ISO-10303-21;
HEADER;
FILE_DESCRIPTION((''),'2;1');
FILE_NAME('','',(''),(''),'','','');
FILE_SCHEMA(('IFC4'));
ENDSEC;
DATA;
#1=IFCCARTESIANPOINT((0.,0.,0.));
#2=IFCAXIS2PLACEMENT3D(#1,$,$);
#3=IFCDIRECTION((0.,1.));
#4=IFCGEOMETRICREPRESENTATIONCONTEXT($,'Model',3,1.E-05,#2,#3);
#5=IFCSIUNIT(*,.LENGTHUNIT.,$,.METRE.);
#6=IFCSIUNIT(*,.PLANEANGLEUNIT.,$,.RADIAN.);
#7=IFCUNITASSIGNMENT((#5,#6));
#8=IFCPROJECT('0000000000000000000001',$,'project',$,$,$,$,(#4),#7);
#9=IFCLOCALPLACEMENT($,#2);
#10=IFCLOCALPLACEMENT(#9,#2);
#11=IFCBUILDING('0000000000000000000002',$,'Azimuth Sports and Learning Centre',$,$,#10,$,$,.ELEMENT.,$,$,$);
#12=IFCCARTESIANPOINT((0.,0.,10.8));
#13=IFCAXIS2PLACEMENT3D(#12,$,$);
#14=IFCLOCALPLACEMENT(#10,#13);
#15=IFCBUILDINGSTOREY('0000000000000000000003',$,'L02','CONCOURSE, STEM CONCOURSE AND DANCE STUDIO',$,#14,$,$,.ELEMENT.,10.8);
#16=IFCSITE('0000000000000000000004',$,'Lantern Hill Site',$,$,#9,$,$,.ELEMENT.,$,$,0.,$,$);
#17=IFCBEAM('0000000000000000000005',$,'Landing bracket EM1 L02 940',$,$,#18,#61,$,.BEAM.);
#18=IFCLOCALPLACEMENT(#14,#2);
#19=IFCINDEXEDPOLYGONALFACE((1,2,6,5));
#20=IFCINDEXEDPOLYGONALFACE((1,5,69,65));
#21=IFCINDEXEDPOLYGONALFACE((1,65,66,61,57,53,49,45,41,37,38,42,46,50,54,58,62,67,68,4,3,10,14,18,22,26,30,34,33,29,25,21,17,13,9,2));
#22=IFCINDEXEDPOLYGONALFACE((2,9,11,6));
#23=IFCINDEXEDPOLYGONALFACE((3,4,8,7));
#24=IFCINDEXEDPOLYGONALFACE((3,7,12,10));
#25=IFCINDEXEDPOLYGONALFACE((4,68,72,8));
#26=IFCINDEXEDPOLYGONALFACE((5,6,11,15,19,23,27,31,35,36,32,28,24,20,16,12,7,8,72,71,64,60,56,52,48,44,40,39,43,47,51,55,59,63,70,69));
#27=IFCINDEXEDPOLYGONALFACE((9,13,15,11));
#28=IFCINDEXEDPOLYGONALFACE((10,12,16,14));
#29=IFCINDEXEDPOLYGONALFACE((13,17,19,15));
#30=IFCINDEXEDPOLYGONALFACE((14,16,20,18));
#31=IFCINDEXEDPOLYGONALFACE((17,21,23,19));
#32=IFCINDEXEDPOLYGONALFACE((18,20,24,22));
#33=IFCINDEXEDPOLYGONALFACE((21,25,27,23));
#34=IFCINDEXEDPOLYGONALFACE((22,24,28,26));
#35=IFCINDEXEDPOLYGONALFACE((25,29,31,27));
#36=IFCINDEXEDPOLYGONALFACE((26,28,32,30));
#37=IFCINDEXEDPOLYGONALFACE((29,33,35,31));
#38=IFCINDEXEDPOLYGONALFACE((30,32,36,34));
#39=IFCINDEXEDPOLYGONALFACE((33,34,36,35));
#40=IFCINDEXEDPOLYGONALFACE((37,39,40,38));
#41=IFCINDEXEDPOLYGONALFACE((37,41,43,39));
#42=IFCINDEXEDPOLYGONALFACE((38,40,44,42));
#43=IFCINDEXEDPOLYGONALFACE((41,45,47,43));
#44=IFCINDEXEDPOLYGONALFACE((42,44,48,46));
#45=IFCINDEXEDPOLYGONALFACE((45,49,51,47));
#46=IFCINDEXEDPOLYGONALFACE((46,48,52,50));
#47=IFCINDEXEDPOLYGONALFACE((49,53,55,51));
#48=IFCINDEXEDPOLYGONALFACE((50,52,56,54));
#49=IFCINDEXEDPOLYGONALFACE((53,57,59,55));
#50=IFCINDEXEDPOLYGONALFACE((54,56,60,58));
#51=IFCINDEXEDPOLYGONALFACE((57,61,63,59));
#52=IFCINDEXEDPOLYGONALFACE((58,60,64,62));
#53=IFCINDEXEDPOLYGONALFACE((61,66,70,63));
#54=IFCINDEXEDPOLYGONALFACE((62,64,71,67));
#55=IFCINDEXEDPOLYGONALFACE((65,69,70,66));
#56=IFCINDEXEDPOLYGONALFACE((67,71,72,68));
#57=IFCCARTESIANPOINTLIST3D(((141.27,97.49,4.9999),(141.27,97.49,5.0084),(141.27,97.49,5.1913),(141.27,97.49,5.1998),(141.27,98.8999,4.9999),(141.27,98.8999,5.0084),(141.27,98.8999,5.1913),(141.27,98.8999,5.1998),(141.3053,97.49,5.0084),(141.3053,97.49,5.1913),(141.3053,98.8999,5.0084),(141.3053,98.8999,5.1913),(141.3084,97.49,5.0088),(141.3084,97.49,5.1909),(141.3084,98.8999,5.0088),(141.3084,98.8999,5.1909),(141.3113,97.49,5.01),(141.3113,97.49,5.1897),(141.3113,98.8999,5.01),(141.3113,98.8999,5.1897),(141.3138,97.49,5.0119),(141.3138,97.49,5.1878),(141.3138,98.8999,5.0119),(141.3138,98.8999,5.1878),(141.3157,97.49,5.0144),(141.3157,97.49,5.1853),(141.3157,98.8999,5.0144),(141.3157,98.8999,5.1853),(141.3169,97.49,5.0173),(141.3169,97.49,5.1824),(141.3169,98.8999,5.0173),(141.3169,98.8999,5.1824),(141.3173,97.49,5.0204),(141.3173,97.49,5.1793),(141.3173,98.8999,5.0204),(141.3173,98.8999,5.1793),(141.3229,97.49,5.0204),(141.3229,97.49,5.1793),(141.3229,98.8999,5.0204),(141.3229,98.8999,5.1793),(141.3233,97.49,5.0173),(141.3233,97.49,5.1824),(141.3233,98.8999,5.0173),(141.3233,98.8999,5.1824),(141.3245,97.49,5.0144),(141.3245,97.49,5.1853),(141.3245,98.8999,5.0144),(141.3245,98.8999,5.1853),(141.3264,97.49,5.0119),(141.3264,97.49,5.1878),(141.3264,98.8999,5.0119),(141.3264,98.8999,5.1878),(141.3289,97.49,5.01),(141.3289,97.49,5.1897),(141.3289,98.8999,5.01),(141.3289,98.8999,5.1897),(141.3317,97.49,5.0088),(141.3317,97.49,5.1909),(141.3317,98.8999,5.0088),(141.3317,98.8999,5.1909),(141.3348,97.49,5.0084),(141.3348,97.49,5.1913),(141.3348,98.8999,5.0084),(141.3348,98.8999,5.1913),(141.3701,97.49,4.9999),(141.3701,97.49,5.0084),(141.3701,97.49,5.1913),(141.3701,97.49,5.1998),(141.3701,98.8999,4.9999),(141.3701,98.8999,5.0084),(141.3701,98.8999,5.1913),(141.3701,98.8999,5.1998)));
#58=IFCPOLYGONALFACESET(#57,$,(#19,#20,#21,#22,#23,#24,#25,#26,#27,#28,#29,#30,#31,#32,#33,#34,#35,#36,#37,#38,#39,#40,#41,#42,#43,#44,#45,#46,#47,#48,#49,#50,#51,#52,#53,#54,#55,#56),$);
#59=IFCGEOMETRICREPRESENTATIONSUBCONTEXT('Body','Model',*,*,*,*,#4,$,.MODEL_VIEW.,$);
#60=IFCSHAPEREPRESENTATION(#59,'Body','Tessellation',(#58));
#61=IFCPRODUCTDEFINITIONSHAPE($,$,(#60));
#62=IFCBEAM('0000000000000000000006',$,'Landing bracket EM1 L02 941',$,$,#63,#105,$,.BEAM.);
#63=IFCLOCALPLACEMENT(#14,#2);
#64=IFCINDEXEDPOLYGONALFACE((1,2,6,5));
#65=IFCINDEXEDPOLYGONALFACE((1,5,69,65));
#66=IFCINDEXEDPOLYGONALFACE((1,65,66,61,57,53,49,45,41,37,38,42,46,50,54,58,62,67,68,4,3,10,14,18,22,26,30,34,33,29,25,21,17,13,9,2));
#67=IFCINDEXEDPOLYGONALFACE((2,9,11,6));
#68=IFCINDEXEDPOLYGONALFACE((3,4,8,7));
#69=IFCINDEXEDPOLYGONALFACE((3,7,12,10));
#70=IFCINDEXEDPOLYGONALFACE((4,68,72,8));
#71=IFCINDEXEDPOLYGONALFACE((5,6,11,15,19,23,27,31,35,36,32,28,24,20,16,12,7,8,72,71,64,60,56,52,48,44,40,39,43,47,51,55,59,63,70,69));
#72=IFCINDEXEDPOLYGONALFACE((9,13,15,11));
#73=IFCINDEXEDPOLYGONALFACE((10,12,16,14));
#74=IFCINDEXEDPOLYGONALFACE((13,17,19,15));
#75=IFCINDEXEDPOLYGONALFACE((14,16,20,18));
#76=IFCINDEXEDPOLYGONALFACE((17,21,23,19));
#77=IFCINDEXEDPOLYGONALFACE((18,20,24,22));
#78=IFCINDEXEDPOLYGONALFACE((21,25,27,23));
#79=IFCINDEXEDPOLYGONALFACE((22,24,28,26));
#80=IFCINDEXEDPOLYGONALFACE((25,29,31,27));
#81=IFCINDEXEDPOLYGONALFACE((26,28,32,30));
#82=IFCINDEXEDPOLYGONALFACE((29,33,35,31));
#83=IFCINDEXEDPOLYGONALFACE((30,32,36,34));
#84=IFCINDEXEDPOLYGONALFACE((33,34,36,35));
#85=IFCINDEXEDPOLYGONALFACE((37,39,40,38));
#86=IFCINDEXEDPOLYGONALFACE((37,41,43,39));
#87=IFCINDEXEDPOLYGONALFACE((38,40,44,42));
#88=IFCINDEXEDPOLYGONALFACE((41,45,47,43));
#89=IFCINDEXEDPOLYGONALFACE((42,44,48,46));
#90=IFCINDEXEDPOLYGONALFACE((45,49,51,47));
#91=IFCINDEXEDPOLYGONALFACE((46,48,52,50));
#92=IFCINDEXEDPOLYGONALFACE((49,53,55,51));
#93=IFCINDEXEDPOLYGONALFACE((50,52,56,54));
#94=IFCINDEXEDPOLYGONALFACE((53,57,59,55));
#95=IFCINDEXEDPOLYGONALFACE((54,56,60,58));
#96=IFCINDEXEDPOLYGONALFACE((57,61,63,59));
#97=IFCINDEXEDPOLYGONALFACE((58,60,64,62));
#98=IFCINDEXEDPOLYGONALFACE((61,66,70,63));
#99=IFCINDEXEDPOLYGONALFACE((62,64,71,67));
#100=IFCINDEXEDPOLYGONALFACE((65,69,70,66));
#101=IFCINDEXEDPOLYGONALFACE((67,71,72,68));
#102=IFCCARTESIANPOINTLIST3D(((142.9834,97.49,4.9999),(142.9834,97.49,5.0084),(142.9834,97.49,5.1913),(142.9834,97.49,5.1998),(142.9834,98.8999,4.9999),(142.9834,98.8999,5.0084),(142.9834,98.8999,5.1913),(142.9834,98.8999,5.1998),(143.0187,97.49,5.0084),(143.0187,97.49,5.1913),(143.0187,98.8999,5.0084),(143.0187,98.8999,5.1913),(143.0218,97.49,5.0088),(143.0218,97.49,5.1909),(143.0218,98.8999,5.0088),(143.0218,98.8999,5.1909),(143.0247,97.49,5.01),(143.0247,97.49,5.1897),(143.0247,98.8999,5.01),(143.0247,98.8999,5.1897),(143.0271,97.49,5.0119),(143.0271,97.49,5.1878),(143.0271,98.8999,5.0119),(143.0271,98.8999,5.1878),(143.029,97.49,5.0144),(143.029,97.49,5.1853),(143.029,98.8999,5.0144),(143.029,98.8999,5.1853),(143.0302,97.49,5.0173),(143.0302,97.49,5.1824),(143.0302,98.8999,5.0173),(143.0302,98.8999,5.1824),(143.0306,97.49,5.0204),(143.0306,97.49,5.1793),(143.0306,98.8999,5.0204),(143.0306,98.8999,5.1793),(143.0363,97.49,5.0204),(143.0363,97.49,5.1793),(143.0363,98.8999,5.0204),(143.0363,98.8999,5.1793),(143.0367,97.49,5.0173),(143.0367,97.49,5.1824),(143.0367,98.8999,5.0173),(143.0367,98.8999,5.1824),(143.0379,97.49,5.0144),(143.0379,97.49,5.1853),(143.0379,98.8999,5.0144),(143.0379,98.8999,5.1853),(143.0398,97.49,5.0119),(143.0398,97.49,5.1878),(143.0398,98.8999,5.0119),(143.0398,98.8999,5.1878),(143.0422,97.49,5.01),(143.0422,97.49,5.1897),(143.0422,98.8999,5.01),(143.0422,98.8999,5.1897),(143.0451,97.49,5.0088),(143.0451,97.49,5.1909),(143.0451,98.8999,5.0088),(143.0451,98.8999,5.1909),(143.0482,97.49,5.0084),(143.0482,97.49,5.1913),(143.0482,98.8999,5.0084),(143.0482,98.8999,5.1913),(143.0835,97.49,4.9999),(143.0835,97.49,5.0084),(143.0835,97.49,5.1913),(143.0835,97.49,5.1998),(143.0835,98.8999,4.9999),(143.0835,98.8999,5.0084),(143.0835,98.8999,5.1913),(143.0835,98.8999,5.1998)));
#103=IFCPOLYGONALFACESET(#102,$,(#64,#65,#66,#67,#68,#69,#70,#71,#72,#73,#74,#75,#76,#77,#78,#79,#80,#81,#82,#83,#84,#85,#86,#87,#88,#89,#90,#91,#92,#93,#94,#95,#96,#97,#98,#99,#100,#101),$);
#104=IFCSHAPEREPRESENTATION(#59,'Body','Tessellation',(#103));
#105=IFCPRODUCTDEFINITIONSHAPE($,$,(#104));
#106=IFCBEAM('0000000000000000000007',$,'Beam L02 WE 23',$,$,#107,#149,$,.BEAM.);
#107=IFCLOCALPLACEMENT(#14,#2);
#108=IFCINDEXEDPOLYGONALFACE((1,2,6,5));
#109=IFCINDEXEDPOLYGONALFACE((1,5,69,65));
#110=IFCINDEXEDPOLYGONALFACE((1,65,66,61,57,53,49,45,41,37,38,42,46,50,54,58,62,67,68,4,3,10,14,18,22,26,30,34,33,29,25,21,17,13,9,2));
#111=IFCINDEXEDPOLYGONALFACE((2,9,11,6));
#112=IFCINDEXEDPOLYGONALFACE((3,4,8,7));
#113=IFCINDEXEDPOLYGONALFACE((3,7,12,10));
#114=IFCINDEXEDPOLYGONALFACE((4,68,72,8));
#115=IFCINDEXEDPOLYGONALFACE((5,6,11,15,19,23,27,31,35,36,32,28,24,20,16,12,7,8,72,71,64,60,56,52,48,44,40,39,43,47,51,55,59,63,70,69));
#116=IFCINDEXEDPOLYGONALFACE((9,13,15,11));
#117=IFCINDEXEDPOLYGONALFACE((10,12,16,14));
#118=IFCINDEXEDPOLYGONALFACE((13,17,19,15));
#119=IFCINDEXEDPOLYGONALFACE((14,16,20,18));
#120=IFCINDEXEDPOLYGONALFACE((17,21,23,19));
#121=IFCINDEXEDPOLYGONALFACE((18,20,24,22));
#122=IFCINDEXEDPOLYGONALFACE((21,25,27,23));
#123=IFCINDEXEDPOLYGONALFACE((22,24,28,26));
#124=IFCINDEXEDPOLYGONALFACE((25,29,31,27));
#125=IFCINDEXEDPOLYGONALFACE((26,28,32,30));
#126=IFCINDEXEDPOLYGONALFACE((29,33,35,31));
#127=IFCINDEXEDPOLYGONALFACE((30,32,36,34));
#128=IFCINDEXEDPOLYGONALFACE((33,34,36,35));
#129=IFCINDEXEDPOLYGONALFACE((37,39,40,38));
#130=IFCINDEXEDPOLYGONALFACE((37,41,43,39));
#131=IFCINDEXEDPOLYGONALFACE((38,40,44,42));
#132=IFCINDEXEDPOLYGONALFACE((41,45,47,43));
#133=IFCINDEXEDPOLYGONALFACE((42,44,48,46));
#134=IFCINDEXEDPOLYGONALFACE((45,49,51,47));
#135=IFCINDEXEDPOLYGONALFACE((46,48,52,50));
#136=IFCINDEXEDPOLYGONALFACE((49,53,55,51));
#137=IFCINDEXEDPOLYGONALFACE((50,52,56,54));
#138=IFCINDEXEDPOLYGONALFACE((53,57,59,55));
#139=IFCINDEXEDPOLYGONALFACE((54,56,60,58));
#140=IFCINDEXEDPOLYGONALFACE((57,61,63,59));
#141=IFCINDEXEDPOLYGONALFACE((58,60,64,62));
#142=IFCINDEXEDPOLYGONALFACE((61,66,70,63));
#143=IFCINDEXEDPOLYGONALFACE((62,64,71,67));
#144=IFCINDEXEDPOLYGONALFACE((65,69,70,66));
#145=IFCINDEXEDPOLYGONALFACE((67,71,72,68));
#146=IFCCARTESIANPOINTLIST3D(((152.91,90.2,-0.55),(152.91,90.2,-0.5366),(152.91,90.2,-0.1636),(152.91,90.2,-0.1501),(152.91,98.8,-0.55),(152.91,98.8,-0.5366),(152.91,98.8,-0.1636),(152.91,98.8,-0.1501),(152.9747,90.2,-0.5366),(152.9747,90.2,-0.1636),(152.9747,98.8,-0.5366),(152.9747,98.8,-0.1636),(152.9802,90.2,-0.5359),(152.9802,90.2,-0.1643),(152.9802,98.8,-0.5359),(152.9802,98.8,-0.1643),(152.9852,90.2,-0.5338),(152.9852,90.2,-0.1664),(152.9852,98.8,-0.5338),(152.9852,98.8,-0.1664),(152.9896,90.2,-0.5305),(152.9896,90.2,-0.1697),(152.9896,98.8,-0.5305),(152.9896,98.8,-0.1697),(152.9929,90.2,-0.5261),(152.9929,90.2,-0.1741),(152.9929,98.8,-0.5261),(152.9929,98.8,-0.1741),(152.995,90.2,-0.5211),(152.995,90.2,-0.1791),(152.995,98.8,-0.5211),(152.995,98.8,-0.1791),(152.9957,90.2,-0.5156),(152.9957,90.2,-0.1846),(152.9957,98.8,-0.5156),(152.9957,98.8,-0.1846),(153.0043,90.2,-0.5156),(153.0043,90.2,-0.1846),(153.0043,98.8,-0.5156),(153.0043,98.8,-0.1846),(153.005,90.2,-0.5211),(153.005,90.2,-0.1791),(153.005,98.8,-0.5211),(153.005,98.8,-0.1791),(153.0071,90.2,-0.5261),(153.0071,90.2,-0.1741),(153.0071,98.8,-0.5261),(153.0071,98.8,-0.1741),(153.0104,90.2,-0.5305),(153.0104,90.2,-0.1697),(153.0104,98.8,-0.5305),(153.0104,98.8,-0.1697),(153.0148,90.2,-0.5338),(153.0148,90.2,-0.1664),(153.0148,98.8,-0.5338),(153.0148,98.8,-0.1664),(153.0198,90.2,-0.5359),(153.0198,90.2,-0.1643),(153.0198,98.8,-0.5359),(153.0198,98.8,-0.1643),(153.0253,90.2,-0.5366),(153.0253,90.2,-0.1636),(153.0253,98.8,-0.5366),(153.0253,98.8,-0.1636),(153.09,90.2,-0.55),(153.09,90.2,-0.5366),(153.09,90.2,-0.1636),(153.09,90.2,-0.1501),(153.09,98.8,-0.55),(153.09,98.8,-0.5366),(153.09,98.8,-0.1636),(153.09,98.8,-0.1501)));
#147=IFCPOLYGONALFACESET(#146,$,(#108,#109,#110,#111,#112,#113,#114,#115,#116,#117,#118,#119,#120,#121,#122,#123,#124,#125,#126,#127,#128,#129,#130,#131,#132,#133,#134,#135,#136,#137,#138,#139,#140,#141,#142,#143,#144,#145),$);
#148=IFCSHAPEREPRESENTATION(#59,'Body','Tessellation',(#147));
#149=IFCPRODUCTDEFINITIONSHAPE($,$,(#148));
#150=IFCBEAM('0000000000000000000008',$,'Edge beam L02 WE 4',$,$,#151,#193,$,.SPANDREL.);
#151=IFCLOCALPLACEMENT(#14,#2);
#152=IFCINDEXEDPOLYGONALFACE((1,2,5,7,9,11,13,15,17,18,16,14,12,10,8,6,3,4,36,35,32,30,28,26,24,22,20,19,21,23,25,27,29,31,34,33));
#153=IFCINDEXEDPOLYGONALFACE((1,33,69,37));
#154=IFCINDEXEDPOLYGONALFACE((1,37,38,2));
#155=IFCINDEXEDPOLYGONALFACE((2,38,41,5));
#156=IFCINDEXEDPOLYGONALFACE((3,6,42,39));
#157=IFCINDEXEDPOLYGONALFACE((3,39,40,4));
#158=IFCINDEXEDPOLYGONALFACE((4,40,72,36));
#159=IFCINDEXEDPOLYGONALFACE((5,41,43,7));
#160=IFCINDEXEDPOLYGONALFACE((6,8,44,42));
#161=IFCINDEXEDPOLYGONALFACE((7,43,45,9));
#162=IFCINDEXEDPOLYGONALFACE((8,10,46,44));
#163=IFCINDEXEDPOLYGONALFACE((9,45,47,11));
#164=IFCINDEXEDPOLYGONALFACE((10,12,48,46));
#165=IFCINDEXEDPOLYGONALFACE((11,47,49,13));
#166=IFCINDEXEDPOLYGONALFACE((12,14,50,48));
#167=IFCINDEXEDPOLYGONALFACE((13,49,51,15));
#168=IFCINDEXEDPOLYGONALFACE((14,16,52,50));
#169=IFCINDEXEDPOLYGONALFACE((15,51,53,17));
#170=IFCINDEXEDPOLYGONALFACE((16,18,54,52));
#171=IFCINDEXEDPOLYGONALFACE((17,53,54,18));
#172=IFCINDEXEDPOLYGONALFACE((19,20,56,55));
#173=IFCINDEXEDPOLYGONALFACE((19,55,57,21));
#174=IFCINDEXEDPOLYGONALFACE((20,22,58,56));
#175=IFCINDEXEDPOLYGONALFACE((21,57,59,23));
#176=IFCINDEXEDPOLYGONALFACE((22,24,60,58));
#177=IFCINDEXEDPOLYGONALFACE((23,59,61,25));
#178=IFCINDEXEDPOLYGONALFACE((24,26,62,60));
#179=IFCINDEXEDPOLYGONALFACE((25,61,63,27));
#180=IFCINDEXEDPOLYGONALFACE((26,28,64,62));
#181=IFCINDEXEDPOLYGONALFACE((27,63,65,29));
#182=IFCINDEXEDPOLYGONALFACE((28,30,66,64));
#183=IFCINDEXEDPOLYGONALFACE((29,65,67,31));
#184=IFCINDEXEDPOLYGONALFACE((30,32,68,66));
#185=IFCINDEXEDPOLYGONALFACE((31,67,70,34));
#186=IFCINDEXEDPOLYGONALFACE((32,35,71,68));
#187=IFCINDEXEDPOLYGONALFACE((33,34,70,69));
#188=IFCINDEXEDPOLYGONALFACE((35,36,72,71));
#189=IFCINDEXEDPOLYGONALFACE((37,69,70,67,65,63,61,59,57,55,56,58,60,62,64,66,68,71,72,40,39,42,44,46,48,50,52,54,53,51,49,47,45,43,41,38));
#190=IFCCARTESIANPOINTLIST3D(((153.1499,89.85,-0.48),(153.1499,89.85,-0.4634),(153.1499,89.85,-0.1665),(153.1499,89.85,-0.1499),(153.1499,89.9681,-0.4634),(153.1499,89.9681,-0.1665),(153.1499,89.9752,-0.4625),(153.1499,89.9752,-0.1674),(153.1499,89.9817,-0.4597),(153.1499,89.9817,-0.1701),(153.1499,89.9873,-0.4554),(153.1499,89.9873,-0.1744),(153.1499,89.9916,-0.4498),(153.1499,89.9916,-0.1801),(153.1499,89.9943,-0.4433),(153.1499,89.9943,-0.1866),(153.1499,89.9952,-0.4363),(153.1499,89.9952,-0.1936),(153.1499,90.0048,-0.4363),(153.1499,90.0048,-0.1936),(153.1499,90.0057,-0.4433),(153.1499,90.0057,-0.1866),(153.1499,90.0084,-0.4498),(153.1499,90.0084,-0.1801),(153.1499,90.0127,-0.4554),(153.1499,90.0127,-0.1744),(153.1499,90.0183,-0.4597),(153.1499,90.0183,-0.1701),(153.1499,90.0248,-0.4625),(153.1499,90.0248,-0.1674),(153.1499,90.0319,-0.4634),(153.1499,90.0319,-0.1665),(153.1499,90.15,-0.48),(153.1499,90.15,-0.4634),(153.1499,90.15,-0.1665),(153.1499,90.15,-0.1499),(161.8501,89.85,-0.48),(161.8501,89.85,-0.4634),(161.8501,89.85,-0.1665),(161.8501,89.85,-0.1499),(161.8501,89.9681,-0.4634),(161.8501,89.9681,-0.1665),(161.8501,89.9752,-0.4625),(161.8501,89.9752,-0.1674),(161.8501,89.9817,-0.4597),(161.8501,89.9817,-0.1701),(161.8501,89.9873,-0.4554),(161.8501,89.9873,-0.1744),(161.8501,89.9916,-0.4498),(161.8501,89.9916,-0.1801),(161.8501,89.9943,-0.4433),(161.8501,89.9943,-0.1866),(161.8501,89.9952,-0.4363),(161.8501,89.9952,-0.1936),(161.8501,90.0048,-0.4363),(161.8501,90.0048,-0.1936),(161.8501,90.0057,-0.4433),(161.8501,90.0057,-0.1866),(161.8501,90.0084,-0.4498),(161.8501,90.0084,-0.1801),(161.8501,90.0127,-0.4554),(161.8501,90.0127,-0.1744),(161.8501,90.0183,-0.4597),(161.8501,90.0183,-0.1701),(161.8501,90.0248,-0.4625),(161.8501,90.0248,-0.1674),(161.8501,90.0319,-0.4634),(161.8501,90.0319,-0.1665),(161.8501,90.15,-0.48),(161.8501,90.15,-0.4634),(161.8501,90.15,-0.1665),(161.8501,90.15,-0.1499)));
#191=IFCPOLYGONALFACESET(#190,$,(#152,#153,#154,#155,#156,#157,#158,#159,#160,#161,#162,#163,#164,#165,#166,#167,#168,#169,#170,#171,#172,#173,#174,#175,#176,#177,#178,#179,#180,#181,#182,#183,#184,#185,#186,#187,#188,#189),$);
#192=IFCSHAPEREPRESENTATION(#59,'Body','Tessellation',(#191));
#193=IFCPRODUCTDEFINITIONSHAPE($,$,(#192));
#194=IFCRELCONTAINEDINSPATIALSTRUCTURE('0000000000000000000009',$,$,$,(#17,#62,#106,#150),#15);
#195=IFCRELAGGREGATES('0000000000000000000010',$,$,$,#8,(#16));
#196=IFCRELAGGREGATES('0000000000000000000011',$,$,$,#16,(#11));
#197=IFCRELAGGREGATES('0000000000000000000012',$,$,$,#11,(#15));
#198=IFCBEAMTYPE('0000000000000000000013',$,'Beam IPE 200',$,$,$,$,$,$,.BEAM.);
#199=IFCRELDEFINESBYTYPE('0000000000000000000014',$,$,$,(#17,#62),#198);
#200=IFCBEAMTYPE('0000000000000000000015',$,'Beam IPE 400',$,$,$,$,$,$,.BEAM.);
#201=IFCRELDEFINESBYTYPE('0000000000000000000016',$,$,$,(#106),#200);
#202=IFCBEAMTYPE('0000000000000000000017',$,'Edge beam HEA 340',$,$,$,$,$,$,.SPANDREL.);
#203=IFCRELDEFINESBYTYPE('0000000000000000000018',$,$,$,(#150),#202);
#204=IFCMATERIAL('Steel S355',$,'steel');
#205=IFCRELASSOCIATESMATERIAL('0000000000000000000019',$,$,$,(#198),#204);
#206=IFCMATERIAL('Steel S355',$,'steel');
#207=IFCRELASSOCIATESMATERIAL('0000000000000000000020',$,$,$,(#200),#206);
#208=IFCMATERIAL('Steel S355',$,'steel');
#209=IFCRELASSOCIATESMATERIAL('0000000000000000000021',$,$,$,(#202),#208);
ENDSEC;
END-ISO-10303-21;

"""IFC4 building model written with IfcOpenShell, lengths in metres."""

from ifc_helpers import new_model, si_unit, direction, frame, origin, origin_2d, place, context, subcontext, project, spatial, i_section, extrude, material, material_profile, profile_set, type_object, element, save


model = new_model("IFC4")

# Units and contexts
model_context = context("Model", 3, precision=1e-05, world=origin(), true_north=direction((0.0, 1.0)))
body_context = subcontext(model_context, "Body", "Model", "MODEL_VIEW")
ifc_project = project(units=[si_unit("LENGTHUNIT", "METRE"), si_unit("PLANEANGLEUNIT", "RADIAN")], contexts=[model_context])

# Site, building, storey
site_placement = place(None, origin())
site = spatial("IfcSite", under=ifc_project, at=site_placement, Name="Lantern Hill Site", CompositionType="ELEMENT", RefElevation=0.0)
building_placement = place(site_placement, origin())
building = spatial("IfcBuilding", under=site, at=building_placement, Name="Azimuth Sports and Learning Centre", CompositionType="ELEMENT")
storey_placement = place(building_placement, frame((0.0, 0.0, 10.8)))
storey = spatial("IfcBuildingStorey", under=building, at=storey_placement, Name="L02", Description="CONCOURSE, STEM CONCOURSE AND DANCE STUDIO", CompositionType="ELEMENT", Elevation=10.8)

# Beams
ifc_material_1 = material(Name="Steel S355", Category="steel")
ifc_material_profile_1 = material_profile(ifc_material_1, i_section(OverallWidth=0.1001, OverallDepth=0.2, WebThickness=0.0056, FlangeThickness=0.0085, FilletRadius=0.012, at=origin_2d()), Name="IPE 200")
ifc_profile_set_1 = profile_set([ifc_material_profile_1], Name="Steel S355")
beam_type_1 = type_object("IfcBeamType", Name="Beam IPE 200", PredefinedType="BEAM", material=ifc_profile_set_1)
for number, where, z_axis, x_axis, name in (
    (1, (141.3201, 98.8999, 5.0999), (0.0, -1.0, 0.0), (1.0, 0.0, 0.0), "Landing bracket EM1 L02 940"),
    (2, (143.0334, 98.8999, 5.0999), (0.0, -1.0, 0.0), (1.0, 0.0, 0.0), "Landing bracket EM1 L02 941"),
):
    element("IfcBeam", number, at=place(storey_placement, frame(where, z_axis=z_axis, x_axis=x_axis)), inside=storey, type_object=beam_type_1, Name=name, PredefinedType="BEAM", context=body_context, shape_type="SweptSolid", body=[
        extrude(i_section(OverallWidth=0.1001, OverallDepth=0.2, WebThickness=0.0056, FlangeThickness=0.0085, FilletRadius=0.012, at=origin_2d()), origin(), (0.0, 0.0, 1.0), 1.4099),
    ])
ifc_material_2 = material(Name="Steel S355", Category="steel")
ifc_material_profile_2 = material_profile(ifc_material_2, i_section(OverallWidth=0.1799, OverallDepth=0.3999, WebThickness=0.0085, FlangeThickness=0.0134, FilletRadius=0.021, at=origin_2d()), Name="IPE 400")
ifc_profile_set_2 = profile_set([ifc_material_profile_2], Name="Steel S355")
beam_type_2 = type_object("IfcBeamType", Name="Beam IPE 400", PredefinedType="BEAM", material=ifc_profile_set_2)
beam_1_placement = place(storey_placement, frame((153.0, 90.2, -0.3501), z_axis=(0.0, 1.0, 0.0), x_axis=(-1.0, 0.0, 0.0)))
element("IfcBeam", 3, at=beam_1_placement, inside=storey, type_object=beam_type_2, Name="Beam L02 WE 23", PredefinedType="BEAM", context=body_context, shape_type="SweptSolid", body=[
    extrude(i_section(OverallWidth=0.1799, OverallDepth=0.3999, WebThickness=0.0085, FlangeThickness=0.0134, FilletRadius=0.021, at=origin_2d()), origin(), (0.0, 0.0, 1.0), 8.6001),
])
ifc_material_3 = material(Name="Steel S355", Category="steel")
ifc_material_profile_3 = material_profile(ifc_material_3, i_section(OverallWidth=0.3, OverallDepth=0.3301, WebThickness=0.0095, FlangeThickness=0.0166, FilletRadius=0.0271, at=origin_2d()), Name="HEA 340")
ifc_profile_set_3 = profile_set([ifc_material_profile_3], Name="Steel S355")
beam_type_3 = type_object("IfcBeamType", Name="Edge beam HEA 340", PredefinedType="SPANDREL", material=ifc_profile_set_3)
beam_2_placement = place(storey_placement, frame((153.1499, 90.0, -0.3149), z_axis=(1.0, 0.0, 0.0), x_axis=(0.0, 1.0, 0.0)))
element("IfcBeam", 4, at=beam_2_placement, inside=storey, type_object=beam_type_3, Name="Edge beam L02 WE 4", PredefinedType="SPANDREL", context=body_context, shape_type="SweptSolid", body=[
    extrude(i_section(OverallWidth=0.3, OverallDepth=0.3301, WebThickness=0.0095, FlangeThickness=0.0166, FilletRadius=0.0271, at=origin_2d()), origin(), (0.0, 0.0, 1.0), 8.7002),
])

save(model, "model.ifc")
